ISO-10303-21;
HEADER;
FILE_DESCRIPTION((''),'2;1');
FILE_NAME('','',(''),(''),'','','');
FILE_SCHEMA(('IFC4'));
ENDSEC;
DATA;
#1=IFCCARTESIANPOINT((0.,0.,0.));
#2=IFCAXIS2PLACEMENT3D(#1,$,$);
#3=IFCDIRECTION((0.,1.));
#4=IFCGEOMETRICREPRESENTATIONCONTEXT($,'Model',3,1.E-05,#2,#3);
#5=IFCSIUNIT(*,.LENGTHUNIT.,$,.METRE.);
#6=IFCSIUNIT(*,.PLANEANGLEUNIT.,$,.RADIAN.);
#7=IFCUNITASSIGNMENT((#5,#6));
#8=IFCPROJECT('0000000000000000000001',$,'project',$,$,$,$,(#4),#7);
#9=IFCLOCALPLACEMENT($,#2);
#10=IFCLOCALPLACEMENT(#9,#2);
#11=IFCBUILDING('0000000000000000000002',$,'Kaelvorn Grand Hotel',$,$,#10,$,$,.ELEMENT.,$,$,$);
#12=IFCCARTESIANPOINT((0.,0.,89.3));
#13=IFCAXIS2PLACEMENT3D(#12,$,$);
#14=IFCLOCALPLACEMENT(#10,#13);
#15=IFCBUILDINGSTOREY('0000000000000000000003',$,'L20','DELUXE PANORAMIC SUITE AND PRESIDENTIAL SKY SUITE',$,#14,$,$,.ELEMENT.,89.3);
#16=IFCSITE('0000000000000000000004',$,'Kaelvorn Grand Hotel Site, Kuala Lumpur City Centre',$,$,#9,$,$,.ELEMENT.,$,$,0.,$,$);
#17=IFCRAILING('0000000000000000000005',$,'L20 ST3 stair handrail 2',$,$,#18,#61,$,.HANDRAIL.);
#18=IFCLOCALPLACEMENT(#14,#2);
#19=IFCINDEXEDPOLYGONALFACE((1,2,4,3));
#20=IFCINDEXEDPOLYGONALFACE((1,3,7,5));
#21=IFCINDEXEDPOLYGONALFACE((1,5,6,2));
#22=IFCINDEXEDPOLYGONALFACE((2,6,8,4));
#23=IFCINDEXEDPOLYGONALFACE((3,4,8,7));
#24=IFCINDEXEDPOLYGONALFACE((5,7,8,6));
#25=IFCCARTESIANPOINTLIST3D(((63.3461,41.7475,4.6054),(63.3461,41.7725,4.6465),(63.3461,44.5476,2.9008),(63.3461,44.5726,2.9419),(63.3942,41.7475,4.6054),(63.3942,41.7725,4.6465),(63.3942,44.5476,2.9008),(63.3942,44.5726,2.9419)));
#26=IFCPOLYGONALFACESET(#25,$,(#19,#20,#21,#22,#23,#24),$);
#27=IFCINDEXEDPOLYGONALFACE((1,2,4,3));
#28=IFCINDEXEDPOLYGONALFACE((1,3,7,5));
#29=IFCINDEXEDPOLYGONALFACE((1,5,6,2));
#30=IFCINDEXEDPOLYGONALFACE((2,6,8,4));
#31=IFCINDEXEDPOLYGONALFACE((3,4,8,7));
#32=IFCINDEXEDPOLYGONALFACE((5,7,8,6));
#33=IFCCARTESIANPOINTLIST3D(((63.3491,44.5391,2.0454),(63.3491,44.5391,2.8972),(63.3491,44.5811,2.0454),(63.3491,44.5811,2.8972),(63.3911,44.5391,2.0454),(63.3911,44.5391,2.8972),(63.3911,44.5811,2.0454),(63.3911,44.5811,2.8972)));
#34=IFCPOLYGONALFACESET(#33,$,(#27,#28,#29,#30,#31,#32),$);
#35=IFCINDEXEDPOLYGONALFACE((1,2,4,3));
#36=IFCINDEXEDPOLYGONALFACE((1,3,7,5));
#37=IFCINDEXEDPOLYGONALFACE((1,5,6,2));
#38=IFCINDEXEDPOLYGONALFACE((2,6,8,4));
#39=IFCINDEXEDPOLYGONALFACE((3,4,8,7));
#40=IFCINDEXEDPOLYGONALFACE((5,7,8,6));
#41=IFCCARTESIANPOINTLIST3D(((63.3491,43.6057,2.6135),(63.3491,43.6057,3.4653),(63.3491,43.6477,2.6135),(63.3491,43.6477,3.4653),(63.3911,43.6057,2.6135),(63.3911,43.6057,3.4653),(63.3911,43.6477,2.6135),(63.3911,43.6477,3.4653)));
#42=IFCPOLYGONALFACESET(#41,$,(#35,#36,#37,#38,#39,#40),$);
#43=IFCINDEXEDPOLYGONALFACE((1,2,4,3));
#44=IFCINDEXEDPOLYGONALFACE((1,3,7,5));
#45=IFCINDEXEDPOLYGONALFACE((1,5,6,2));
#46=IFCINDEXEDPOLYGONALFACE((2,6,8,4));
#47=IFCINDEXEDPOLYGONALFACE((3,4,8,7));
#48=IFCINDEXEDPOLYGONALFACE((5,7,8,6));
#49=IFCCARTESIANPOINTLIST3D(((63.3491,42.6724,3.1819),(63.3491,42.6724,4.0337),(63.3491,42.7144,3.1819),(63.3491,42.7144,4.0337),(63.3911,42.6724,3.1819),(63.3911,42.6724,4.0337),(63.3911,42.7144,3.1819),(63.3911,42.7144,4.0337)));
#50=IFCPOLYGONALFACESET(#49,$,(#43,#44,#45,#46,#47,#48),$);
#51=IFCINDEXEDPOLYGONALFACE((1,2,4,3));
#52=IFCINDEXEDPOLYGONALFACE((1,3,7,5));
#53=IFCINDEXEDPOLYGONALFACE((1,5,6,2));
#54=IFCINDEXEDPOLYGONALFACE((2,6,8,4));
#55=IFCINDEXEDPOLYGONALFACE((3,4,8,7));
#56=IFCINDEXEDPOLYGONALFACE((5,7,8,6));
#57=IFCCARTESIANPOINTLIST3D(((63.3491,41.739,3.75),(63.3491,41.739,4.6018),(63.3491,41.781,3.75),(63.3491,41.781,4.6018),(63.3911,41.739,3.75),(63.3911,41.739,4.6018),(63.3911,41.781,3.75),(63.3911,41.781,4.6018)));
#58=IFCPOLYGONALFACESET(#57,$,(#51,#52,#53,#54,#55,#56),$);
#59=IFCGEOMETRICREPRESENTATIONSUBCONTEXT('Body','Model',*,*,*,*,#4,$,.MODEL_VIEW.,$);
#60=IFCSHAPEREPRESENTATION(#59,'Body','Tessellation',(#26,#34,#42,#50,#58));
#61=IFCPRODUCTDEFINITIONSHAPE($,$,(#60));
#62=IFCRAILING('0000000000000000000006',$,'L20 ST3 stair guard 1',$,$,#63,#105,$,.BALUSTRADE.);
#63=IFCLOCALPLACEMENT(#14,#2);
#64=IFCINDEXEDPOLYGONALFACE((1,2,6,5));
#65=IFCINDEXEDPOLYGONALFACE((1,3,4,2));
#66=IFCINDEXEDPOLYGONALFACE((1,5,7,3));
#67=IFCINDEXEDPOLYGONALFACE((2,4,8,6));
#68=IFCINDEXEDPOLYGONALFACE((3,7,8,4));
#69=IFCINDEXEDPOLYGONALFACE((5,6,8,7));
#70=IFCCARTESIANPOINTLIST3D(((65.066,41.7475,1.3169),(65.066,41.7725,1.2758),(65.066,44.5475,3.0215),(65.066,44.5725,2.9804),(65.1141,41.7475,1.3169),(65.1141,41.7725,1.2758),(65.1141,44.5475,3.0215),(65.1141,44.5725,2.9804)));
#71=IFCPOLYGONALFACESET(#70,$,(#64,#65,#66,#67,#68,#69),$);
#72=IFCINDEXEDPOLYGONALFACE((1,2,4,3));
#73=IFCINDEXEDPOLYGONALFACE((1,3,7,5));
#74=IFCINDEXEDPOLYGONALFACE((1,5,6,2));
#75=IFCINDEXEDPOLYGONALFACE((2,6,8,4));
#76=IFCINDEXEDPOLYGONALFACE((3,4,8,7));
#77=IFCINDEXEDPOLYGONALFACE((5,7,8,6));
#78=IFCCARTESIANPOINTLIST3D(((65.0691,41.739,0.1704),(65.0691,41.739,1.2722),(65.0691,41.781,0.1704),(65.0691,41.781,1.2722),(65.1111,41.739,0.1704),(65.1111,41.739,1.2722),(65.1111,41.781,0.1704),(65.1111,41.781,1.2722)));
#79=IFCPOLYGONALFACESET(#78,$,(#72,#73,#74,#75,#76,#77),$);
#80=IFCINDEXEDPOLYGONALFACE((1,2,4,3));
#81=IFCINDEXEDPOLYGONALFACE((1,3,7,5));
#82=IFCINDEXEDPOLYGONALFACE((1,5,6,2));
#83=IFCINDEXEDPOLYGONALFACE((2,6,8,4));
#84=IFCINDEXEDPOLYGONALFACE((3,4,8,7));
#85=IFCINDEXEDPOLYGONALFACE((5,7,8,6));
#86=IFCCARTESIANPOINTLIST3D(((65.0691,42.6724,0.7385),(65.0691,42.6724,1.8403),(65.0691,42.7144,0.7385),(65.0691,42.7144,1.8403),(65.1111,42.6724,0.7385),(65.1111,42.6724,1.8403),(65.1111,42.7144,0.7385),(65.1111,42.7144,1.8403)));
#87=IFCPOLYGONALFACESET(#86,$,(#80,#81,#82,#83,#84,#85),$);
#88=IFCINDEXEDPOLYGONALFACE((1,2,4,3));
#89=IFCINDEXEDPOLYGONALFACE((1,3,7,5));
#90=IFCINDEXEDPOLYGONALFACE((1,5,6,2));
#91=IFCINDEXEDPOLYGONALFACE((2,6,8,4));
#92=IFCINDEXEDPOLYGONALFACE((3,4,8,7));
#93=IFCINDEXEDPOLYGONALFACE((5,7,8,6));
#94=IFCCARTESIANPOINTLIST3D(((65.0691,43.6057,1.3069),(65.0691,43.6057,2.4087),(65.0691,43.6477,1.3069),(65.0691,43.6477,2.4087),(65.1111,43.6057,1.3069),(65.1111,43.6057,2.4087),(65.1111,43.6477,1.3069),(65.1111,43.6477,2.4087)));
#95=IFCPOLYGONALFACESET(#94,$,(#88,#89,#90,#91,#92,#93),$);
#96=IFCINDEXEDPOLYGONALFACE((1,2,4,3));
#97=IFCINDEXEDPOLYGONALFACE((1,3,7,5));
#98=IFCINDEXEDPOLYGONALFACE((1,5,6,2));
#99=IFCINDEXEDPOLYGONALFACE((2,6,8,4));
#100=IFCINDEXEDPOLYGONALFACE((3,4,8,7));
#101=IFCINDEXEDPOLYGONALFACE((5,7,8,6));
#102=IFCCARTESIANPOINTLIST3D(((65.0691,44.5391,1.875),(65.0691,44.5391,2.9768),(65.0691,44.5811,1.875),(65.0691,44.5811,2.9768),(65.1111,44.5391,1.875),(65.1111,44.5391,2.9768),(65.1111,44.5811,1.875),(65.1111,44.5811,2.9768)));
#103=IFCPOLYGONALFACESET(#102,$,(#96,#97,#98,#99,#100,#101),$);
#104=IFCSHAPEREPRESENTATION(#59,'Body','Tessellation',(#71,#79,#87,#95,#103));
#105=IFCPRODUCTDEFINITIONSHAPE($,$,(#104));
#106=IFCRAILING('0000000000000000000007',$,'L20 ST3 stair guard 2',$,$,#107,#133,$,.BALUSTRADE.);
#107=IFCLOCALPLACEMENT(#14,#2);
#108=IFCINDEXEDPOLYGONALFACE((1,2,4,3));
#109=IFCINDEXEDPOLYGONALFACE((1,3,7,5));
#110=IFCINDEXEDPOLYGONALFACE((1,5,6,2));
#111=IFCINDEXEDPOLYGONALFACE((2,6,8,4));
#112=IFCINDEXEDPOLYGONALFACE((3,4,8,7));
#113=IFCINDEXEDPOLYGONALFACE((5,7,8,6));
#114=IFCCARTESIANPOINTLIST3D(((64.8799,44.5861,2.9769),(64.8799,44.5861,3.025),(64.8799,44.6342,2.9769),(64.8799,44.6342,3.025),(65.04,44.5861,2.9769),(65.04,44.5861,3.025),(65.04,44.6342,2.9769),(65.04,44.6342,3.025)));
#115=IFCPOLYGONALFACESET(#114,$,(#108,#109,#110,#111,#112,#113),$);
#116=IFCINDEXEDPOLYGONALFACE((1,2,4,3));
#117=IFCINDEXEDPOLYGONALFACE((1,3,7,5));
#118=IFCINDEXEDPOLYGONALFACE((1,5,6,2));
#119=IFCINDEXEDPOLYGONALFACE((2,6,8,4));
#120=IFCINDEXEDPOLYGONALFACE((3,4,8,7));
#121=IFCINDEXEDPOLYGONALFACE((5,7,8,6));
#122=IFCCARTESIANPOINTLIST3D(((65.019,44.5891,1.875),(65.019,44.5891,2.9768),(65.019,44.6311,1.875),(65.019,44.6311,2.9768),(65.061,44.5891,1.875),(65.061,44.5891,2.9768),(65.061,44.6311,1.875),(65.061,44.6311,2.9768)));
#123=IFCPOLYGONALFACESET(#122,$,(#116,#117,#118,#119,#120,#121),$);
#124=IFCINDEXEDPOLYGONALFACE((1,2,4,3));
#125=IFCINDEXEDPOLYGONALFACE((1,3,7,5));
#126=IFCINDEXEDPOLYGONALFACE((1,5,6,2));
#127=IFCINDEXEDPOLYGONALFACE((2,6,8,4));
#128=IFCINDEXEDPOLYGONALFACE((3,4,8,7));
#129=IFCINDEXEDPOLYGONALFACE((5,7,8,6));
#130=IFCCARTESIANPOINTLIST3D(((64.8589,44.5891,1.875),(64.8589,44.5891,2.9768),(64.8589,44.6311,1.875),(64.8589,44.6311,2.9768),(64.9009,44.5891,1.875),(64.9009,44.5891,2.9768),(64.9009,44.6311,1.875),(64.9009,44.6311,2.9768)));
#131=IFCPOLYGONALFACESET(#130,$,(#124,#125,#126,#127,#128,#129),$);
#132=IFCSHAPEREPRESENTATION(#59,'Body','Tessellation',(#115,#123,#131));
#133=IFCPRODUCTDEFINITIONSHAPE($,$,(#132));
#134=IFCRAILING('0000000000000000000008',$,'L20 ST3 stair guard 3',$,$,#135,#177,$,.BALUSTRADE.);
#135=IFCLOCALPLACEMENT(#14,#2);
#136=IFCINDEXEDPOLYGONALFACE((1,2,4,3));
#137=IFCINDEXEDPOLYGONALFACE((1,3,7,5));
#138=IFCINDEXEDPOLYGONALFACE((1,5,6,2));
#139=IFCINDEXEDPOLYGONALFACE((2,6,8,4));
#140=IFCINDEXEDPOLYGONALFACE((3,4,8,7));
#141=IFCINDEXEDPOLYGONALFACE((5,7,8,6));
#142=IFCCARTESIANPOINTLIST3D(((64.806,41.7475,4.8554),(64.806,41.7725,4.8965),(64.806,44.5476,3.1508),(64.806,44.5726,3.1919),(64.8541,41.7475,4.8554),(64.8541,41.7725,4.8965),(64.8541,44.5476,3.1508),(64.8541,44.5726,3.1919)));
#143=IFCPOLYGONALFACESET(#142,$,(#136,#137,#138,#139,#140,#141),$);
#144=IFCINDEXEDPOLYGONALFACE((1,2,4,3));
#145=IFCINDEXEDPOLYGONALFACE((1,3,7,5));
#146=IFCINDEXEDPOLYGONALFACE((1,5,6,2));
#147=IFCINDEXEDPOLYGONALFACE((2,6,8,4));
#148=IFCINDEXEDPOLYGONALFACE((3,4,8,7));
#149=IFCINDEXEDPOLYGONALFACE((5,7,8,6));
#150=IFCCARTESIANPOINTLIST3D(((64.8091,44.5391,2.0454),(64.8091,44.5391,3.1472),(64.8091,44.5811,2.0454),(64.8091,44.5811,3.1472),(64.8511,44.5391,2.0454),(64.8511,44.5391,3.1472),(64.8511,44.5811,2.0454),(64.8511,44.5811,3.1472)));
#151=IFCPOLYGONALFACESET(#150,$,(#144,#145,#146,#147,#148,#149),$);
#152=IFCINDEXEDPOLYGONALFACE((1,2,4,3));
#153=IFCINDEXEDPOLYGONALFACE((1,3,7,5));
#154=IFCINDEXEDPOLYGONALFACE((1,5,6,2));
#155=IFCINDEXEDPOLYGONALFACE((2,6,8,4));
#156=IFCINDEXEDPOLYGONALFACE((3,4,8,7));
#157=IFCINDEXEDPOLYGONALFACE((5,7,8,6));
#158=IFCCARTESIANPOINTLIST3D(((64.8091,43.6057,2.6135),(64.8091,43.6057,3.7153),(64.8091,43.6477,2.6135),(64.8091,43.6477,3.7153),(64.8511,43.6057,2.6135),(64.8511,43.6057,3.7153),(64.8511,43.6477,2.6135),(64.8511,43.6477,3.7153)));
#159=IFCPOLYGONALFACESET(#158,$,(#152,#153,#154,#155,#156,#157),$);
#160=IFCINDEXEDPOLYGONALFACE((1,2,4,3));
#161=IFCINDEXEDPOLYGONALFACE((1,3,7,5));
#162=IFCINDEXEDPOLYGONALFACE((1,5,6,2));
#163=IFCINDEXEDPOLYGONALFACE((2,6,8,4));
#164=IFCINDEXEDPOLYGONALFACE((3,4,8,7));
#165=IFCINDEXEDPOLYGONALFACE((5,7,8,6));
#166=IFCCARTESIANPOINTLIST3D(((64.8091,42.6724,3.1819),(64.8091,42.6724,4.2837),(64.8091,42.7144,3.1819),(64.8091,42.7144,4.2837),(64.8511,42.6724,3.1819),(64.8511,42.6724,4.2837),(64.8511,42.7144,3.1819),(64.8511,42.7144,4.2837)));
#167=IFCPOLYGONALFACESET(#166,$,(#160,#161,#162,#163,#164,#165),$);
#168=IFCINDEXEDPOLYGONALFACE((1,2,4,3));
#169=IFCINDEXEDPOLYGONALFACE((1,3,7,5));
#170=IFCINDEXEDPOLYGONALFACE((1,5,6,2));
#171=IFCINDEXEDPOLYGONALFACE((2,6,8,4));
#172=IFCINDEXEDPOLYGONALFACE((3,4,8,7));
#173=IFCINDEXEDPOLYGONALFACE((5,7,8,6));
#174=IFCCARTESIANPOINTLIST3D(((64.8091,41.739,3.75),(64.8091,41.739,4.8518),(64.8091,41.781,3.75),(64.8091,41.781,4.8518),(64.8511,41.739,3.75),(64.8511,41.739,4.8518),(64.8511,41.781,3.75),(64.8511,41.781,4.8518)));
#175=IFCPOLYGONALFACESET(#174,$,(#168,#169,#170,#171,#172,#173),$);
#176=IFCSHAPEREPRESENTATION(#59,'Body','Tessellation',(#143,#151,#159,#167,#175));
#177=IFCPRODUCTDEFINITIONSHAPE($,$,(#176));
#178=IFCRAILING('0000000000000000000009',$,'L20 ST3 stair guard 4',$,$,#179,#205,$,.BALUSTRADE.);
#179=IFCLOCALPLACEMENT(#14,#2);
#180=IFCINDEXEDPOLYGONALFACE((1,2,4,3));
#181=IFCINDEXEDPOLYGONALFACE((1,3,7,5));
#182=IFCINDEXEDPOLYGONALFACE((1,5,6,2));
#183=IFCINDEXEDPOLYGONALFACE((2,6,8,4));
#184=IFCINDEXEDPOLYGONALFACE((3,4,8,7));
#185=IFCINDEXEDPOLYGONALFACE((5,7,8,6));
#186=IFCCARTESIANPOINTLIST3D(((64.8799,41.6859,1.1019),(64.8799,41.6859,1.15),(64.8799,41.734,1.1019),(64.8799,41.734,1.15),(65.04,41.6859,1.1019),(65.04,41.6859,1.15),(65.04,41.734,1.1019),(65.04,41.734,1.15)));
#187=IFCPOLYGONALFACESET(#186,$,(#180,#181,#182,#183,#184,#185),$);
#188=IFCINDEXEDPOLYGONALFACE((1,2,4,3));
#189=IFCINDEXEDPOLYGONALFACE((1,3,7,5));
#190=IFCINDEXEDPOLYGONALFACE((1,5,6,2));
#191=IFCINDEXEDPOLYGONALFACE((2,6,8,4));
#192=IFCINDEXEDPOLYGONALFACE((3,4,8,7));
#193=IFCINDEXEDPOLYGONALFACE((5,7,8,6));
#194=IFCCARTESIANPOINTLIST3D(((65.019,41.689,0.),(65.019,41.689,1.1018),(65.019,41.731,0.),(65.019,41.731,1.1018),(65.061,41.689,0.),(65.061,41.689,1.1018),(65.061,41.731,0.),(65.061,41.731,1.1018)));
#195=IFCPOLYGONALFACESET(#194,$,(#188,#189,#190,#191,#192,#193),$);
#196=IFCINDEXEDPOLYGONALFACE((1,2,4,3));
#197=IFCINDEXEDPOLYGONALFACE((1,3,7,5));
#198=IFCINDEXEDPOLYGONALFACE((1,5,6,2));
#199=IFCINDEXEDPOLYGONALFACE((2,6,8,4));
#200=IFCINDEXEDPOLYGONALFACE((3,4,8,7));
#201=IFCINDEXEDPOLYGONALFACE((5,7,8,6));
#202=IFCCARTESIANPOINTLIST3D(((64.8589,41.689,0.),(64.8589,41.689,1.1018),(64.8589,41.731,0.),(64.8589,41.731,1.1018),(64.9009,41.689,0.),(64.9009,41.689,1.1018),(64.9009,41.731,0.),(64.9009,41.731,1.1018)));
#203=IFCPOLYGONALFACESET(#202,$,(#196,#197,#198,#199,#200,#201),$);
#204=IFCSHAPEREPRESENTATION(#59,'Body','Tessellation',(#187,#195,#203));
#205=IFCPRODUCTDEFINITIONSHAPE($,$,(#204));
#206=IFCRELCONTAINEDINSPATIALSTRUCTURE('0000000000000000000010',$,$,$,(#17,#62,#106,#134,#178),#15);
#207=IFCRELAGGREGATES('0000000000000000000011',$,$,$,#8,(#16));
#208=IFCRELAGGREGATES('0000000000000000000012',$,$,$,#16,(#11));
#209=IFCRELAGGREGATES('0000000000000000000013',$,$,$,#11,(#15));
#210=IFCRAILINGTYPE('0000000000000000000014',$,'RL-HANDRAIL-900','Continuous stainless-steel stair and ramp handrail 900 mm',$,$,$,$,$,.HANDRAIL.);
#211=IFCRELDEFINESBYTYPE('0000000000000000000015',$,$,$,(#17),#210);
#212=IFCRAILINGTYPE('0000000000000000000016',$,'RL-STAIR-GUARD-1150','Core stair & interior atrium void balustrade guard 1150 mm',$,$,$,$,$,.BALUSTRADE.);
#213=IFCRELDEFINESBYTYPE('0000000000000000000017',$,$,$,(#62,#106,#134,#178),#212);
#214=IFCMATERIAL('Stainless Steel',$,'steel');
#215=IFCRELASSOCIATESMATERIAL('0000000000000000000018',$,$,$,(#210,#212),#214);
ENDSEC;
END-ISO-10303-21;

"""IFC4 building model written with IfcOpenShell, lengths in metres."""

from ifc_helpers import new_model, si_unit, direction, frame, origin, origin_2d, place, context, subcontext, project, spatial, rectangle, extrude, material, type_object, element, save


model = new_model("IFC4")

# Units and contexts
model_context = context("Model", 3, precision=1e-05, world=origin(), true_north=direction((0.0, 1.0)))
body_context = subcontext(model_context, "Body", "Model", "MODEL_VIEW")
ifc_project = project(units=[si_unit("LENGTHUNIT", "METRE"), si_unit("PLANEANGLEUNIT", "RADIAN")], contexts=[model_context])

# Site, building, storey
site_placement = place(None, origin())
site = spatial("IfcSite", under=ifc_project, at=site_placement, Name="Kaelvorn Grand Hotel Site, Kuala Lumpur City Centre", CompositionType="ELEMENT", RefElevation=0.0)
building_placement = place(site_placement, origin())
building = spatial("IfcBuilding", under=site, at=building_placement, Name="Kaelvorn Grand Hotel", CompositionType="ELEMENT")
storey_placement = place(building_placement, frame((0.0, 0.0, 89.3)))
storey = spatial("IfcBuildingStorey", under=building, at=storey_placement, Name="L20", Description="DELUXE PANORAMIC SUITE AND PRESIDENTIAL SKY SUITE", CompositionType="ELEMENT", Elevation=89.3)

# Railings
ifc_material_1 = material(Name="Stainless Steel", Category="steel")
railing_type_1 = type_object("IfcRailingType", Name="RL-HANDRAIL-900", Description="Continuous stainless-steel stair and ramp handrail 900 mm", PredefinedType="HANDRAIL", material=ifc_material_1)
railing_1_placement = place(storey_placement, frame((63.3701, 44.5601, 2.0454)))
element("IfcRailing", 1, at=railing_1_placement, inside=storey, type_object=railing_type_1, Name="L20 ST3 stair handrail 2", PredefinedType="HANDRAIL", context=body_context, shape_type="SweptSolid", body=[
    extrude(rectangle(XDim=0.0481, YDim=0.0481, at=origin_2d()), frame((0.0, 0.0, 0.876), z_axis=(0.0, -0.85417, 0.519994), x_axis=(1.0, 0.0, 0.0)), (0.0, 0.0, 1.0), 3.2781),
    extrude(rectangle(XDim=0.042, YDim=0.042, at=origin_2d()), origin(), (0.0, 0.0, 1.0), 0.8518),
    extrude(rectangle(XDim=0.042, YDim=0.042, at=origin_2d()), frame((0.0, -0.9333, 0.5681)), (0.0, 0.0, 1.0), 0.8518),
    extrude(rectangle(XDim=0.042, YDim=0.042, at=origin_2d()), frame((0.0, -1.8667, 1.1365)), (0.0, 0.0, 1.0), 0.8518),
    extrude(rectangle(XDim=0.042, YDim=0.042, at=origin_2d()), frame((0.0, -2.8, 1.7046)), (0.0, 0.0, 1.0), 0.8518),
])
railing_type_2 = type_object("IfcRailingType", Name="RL-STAIR-GUARD-1150", Description="Core stair & interior atrium void balustrade guard 1150 mm", PredefinedType="BALUSTRADE", material=ifc_material_1)
railing_2_placement = place(storey_placement, frame((65.0901, 41.76, 0.1704)))
element("IfcRailing", 2, at=railing_2_placement, inside=storey, type_object=railing_type_2, Name="L20 ST3 stair guard 1", PredefinedType="BALUSTRADE", context=body_context, shape_type="SweptSolid", body=[
    extrude(rectangle(XDim=0.0481, YDim=0.0481, at=origin_2d()), frame((0.0, 0.0, 1.126), z_axis=(0.0, 0.85417, 0.519994), x_axis=(-1.0, 0.0, 0.0)), (0.0, 0.0, 1.0), 3.2781),
    extrude(rectangle(XDim=0.042, YDim=0.042, at=origin_2d()), origin(), (0.0, 0.0, 1.0), 1.1018),
    extrude(rectangle(XDim=0.042, YDim=0.042, at=origin_2d()), frame((0.0, 0.9333, 0.5681)), (0.0, 0.0, 1.0), 1.1018),
    extrude(rectangle(XDim=0.042, YDim=0.042, at=origin_2d()), frame((0.0, 1.8667, 1.1365)), (0.0, 0.0, 1.0), 1.1018),
    extrude(rectangle(XDim=0.042, YDim=0.042, at=origin_2d()), frame((0.0, 2.8, 1.7046)), (0.0, 0.0, 1.0), 1.1018),
])
railing_3_placement = place(storey_placement, frame((65.04, 44.6101, 1.875)))
element("IfcRailing", 3, at=railing_3_placement, inside=storey, type_object=railing_type_2, Name="L20 ST3 stair guard 2", PredefinedType="BALUSTRADE", context=body_context, shape_type="SweptSolid", body=[
    extrude(rectangle(XDim=0.0481, YDim=0.0481, at=origin_2d()), frame((0.0, 0.0, 1.126), z_axis=(-1.0, 0.0, 0.0), x_axis=(0.0, -1.0, 0.0)), (0.0, 0.0, 1.0), 0.1602),
    extrude(rectangle(XDim=0.042, YDim=0.042, at=origin_2d()), origin(), (0.0, 0.0, 1.0), 1.1018),
    extrude(rectangle(XDim=0.042, YDim=0.042, at=origin_2d()), frame((-0.1602, 0.0, 0.0)), (0.0, 0.0, 1.0), 1.1018),
])
railing_4_placement = place(storey_placement, frame((64.8301, 44.5601, 2.0454)))
element("IfcRailing", 4, at=railing_4_placement, inside=storey, type_object=railing_type_2, Name="L20 ST3 stair guard 3", PredefinedType="BALUSTRADE", context=body_context, shape_type="SweptSolid", body=[
    extrude(rectangle(XDim=0.0481, YDim=0.0481, at=origin_2d()), frame((0.0, 0.0, 1.126), z_axis=(0.0, -0.85417, 0.519994), x_axis=(1.0, 0.0, 0.0)), (0.0, 0.0, 1.0), 3.2781),
    extrude(rectangle(XDim=0.042, YDim=0.042, at=origin_2d()), origin(), (0.0, 0.0, 1.0), 1.1018),
    extrude(rectangle(XDim=0.042, YDim=0.042, at=origin_2d()), frame((0.0, -0.9333, 0.5681)), (0.0, 0.0, 1.0), 1.1018),
    extrude(rectangle(XDim=0.042, YDim=0.042, at=origin_2d()), frame((0.0, -1.8667, 1.1365)), (0.0, 0.0, 1.0), 1.1018),
    extrude(rectangle(XDim=0.042, YDim=0.042, at=origin_2d()), frame((0.0, -2.8, 1.7046)), (0.0, 0.0, 1.0), 1.1018),
])
railing_5_placement = place(storey_placement, frame((65.04, 41.71, 0.0)))
element("IfcRailing", 5, at=railing_5_placement, inside=storey, type_object=railing_type_2, Name="L20 ST3 stair guard 4", PredefinedType="BALUSTRADE", context=body_context, shape_type="SweptSolid", body=[
    extrude(rectangle(XDim=0.0481, YDim=0.0481, at=origin_2d()), frame((0.0, 0.0, 1.126), z_axis=(-1.0, 0.0, 0.0), x_axis=(0.0, -1.0, 0.0)), (0.0, 0.0, 1.0), 0.1602),
    extrude(rectangle(XDim=0.042, YDim=0.042, at=origin_2d()), origin(), (0.0, 0.0, 1.0), 1.1018),
    extrude(rectangle(XDim=0.042, YDim=0.042, at=origin_2d()), frame((-0.1602, 0.0, 0.0)), (0.0, 0.0, 1.0), 1.1018),
])

save(model, "model.ifc")
